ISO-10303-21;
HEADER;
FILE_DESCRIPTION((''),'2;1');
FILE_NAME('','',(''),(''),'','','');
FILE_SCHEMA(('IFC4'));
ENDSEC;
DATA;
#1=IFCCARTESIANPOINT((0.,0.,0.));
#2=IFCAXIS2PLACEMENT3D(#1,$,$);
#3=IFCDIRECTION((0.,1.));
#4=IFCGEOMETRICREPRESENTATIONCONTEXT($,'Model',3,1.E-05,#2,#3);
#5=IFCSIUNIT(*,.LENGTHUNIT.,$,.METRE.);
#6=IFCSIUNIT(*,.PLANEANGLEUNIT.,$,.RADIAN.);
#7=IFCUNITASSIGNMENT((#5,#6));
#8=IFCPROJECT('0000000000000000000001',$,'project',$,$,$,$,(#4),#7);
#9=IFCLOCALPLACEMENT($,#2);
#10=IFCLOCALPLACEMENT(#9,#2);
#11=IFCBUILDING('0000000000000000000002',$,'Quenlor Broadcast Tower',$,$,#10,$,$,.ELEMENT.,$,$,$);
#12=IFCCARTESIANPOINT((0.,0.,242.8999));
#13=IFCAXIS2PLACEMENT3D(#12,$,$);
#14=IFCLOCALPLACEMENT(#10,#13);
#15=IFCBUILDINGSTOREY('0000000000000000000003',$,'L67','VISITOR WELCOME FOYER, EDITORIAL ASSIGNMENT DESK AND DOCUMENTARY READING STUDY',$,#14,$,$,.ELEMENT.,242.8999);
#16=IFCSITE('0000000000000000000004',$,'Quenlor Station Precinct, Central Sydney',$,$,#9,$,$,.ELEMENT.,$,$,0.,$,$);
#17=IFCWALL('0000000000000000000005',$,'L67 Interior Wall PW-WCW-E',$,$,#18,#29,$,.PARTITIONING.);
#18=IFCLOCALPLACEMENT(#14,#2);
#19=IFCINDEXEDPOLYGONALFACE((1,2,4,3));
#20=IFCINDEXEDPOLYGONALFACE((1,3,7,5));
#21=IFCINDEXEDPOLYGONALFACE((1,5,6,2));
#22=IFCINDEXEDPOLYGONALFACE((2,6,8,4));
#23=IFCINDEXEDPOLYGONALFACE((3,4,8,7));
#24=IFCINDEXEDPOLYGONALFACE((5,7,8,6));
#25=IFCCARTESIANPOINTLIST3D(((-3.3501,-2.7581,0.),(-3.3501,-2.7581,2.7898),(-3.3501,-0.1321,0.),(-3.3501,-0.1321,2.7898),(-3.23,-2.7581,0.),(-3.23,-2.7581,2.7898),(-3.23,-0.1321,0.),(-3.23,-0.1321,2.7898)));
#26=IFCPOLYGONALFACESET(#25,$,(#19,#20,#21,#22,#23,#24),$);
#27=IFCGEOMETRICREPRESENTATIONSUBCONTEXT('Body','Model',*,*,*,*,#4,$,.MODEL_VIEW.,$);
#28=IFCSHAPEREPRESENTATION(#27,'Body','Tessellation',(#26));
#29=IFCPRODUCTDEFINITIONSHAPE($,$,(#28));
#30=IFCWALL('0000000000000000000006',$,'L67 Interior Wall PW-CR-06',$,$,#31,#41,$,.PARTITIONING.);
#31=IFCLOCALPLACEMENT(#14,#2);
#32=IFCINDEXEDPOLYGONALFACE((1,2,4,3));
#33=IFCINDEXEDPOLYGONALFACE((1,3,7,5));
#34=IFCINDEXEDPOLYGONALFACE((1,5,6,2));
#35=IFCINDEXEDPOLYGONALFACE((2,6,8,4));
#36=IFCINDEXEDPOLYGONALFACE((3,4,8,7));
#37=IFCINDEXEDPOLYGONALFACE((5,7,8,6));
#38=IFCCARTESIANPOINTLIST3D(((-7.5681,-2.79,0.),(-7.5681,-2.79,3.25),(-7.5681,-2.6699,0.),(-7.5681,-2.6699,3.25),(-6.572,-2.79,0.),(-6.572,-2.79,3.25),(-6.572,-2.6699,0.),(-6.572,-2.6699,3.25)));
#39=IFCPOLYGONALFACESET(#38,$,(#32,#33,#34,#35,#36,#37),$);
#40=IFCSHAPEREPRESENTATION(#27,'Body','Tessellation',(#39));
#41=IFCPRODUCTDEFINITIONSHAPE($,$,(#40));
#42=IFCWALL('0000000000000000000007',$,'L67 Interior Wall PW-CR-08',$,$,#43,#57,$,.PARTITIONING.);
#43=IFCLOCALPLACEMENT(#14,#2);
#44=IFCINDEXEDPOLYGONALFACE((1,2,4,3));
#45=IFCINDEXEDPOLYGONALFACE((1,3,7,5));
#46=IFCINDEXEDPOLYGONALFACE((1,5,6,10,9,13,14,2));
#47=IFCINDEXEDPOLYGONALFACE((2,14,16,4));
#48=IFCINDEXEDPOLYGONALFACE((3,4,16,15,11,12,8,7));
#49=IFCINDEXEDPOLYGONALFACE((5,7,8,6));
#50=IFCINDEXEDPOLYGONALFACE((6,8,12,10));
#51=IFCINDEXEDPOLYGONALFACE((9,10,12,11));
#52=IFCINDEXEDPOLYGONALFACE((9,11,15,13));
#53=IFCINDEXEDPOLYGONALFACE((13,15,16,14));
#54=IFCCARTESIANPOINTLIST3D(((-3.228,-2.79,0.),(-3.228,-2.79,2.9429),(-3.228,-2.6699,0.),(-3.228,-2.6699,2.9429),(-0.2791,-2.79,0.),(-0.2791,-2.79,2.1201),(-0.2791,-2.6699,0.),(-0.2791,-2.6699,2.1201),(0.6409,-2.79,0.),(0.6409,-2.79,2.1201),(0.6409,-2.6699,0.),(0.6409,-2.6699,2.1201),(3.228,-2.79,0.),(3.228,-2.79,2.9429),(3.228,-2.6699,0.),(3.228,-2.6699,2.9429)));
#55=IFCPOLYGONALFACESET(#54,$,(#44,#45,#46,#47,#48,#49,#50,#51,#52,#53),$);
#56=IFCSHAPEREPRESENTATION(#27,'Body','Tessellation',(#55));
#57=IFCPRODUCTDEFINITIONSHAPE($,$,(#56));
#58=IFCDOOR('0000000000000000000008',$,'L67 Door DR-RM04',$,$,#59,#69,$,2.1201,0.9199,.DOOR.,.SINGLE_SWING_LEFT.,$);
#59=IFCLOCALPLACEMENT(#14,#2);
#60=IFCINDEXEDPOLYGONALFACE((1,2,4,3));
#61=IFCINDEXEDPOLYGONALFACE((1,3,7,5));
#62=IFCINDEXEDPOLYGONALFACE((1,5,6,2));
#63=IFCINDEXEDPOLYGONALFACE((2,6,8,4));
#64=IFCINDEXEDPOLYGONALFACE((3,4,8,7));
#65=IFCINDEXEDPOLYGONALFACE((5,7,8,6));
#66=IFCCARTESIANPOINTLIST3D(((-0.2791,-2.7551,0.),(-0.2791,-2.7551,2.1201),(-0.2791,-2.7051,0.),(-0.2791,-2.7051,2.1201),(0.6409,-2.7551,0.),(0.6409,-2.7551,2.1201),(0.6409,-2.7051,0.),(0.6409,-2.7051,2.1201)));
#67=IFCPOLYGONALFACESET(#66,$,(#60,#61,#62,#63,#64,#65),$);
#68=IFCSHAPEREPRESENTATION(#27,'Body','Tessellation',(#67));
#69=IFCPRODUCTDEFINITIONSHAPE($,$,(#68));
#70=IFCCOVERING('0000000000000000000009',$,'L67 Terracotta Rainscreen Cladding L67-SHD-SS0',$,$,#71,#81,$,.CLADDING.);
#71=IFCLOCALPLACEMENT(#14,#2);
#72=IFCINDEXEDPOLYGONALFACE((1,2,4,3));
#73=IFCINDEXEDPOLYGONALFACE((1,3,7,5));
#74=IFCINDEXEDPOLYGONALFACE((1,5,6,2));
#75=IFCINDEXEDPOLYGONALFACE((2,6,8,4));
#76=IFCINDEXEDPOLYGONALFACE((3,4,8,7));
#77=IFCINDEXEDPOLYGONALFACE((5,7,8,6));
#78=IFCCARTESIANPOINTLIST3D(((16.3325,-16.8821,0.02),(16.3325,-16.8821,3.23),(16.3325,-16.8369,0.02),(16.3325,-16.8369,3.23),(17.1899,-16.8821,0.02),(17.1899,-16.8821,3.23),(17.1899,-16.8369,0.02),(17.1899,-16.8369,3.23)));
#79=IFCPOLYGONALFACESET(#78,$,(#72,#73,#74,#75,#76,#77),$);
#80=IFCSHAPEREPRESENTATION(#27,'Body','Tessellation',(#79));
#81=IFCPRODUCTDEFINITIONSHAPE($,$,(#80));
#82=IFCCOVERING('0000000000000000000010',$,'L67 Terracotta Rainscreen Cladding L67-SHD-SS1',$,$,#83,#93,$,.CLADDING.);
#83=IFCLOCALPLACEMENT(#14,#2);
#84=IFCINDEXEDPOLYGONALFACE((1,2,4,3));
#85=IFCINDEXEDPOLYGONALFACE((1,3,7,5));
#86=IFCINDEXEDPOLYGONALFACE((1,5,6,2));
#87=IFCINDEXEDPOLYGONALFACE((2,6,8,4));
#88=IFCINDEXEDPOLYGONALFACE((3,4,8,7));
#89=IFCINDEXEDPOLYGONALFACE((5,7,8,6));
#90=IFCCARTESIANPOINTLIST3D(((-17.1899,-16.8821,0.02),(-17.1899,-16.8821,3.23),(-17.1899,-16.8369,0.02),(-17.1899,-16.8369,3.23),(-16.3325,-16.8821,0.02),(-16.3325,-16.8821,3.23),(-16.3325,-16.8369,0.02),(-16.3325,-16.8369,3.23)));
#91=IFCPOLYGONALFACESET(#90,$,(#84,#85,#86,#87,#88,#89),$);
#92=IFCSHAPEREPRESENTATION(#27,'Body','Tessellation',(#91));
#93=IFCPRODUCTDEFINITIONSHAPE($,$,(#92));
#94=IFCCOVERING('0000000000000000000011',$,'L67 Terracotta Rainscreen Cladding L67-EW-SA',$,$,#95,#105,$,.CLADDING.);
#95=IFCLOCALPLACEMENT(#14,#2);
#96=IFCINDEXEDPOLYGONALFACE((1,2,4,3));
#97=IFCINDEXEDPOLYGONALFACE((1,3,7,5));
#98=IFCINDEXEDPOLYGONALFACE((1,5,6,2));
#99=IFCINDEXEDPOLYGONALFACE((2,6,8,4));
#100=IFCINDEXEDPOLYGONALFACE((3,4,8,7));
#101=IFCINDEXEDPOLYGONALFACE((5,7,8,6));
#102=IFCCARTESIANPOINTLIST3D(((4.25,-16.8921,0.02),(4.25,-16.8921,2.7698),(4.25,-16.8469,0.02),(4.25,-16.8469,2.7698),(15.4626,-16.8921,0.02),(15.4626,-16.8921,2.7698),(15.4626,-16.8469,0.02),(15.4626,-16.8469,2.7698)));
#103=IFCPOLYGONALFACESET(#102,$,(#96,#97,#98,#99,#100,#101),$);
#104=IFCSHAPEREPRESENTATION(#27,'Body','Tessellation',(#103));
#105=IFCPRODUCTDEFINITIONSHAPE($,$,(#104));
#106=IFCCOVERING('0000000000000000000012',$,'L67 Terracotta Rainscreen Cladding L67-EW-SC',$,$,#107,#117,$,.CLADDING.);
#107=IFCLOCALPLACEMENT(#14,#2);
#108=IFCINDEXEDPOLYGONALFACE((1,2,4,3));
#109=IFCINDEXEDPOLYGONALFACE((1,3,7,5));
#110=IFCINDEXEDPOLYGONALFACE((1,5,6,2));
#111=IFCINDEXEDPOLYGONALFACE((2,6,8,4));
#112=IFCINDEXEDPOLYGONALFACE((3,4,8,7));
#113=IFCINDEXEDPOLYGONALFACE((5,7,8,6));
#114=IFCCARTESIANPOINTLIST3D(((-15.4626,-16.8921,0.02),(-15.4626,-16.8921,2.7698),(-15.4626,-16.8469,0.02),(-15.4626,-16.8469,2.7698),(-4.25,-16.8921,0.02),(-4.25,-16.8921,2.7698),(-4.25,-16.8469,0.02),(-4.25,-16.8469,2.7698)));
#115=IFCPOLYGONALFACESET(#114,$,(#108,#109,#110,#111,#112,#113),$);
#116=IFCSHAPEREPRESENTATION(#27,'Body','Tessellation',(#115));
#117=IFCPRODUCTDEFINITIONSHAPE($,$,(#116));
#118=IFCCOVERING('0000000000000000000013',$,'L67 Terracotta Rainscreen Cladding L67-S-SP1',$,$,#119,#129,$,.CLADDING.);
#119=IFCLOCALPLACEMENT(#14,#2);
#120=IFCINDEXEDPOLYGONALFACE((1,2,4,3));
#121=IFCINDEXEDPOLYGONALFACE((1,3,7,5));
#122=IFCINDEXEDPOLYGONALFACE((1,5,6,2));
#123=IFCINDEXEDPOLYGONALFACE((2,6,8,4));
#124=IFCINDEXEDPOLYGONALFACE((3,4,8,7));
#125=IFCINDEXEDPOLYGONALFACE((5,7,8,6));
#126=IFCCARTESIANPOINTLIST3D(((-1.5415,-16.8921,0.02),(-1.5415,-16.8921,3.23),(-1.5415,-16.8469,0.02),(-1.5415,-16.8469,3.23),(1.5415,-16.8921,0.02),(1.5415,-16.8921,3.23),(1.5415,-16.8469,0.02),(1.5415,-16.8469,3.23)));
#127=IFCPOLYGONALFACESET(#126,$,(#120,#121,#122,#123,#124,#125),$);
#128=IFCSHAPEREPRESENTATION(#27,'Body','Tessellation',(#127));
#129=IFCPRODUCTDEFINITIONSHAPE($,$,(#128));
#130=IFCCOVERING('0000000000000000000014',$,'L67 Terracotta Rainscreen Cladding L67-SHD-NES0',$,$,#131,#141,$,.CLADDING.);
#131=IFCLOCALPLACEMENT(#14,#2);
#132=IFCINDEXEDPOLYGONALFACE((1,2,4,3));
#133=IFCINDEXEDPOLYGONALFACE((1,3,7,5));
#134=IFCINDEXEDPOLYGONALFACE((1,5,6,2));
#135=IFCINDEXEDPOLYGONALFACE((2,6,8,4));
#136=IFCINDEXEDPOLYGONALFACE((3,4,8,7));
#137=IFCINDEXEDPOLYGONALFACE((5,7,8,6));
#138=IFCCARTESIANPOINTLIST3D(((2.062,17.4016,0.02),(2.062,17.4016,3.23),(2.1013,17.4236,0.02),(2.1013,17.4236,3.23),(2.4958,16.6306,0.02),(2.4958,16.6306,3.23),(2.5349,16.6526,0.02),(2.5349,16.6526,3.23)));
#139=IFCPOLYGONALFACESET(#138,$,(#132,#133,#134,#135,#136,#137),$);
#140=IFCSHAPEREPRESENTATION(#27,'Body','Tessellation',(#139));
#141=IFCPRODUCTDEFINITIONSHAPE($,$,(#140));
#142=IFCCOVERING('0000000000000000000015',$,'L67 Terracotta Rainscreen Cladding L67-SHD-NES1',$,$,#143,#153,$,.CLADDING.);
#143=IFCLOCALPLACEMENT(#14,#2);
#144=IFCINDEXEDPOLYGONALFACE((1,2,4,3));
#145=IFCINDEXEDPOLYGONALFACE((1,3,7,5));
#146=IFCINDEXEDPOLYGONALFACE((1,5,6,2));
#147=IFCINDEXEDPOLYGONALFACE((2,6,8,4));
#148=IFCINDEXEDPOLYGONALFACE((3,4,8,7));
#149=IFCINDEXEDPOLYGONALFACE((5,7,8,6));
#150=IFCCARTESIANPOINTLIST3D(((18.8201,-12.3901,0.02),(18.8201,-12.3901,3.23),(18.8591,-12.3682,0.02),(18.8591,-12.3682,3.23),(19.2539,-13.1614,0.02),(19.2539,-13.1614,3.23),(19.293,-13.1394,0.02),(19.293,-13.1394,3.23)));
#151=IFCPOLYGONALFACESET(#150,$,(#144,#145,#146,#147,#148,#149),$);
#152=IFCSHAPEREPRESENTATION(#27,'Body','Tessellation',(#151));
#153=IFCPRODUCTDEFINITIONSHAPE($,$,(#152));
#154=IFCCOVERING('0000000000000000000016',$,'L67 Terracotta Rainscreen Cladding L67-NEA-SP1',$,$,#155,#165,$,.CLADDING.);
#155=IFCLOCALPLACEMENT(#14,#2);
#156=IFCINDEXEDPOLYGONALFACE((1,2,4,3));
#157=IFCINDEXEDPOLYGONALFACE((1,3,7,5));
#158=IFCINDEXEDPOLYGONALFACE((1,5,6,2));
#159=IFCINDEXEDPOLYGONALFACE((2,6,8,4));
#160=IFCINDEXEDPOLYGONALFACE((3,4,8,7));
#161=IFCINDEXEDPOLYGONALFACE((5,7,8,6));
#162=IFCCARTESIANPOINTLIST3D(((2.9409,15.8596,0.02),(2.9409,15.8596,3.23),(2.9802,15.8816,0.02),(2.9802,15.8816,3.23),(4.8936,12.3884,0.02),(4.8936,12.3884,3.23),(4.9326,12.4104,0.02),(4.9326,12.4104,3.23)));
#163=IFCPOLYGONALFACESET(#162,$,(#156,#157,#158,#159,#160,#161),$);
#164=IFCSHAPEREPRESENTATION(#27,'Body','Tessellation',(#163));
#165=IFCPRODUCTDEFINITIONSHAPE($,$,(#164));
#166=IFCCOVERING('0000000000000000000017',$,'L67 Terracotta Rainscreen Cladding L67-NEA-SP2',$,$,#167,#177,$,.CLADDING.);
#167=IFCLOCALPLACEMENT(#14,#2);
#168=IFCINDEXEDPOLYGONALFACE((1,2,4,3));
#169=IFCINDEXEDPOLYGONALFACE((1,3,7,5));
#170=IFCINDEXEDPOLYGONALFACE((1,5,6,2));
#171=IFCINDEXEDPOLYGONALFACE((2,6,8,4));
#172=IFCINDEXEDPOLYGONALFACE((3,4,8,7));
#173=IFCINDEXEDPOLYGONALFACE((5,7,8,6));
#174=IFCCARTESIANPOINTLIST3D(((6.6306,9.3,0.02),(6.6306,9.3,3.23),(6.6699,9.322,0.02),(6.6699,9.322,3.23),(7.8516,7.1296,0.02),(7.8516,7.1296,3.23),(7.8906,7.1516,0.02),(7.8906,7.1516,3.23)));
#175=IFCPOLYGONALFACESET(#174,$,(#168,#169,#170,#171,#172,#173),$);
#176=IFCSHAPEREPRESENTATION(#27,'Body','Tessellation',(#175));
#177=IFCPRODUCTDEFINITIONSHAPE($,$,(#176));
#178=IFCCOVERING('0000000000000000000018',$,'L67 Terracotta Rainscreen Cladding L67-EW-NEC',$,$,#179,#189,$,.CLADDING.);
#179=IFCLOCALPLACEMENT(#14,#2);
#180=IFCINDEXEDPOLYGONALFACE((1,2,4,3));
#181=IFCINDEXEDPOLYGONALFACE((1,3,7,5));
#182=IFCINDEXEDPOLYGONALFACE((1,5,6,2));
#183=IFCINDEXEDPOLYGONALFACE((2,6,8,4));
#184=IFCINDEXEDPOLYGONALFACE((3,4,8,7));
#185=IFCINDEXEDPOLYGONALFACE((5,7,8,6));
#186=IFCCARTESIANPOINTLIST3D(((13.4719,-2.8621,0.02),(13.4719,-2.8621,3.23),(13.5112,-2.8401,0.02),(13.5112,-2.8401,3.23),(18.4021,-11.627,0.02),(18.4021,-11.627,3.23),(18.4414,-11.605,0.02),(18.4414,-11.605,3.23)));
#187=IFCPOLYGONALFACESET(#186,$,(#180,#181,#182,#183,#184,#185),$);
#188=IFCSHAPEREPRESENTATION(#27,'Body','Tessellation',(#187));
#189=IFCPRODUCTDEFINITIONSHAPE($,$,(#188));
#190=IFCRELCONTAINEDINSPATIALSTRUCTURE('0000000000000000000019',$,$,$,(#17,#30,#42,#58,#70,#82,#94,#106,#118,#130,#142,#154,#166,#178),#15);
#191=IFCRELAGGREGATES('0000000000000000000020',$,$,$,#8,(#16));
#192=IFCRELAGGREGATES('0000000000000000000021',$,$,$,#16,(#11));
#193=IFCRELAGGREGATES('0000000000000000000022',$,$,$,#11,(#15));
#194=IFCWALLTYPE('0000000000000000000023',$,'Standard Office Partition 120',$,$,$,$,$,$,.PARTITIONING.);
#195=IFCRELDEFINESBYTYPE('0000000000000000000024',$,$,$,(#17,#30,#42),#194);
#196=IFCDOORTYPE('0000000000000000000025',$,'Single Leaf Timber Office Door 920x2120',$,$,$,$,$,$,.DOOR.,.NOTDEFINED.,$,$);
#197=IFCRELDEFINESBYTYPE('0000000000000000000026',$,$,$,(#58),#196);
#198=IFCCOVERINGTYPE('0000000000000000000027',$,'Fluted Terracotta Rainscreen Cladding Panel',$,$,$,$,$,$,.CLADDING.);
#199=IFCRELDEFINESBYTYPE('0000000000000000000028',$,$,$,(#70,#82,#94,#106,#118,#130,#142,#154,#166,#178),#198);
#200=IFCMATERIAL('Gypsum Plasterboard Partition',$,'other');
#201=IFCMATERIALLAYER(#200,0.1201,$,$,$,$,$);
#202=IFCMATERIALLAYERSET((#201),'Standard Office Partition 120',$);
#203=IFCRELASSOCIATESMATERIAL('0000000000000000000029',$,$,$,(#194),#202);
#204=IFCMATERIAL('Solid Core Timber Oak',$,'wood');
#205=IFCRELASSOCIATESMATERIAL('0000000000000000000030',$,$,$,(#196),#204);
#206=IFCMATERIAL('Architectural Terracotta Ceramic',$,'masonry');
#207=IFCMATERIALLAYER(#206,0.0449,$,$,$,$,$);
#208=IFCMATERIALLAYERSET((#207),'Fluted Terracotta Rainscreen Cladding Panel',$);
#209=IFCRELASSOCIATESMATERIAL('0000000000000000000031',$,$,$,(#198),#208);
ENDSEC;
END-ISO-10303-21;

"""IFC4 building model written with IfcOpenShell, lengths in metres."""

from ifc_helpers import new_model, si_unit, direction, frame, frame_2d, origin, place, context, subcontext, project, spatial, polyline, rectangle, outline, extrude, material, layer, layer_set, type_object, element, fill, save


model = new_model("IFC4")

# Units and contexts
model_context = context("Model", 3, precision=1e-05, world=origin(), true_north=direction((0.0, 1.0)))
body_context = subcontext(model_context, "Body", "Model", "MODEL_VIEW")
ifc_project = project(units=[si_unit("LENGTHUNIT", "METRE"), si_unit("PLANEANGLEUNIT", "RADIAN")], contexts=[model_context])

# Site, building, storey
site_placement = place(None, origin())
site = spatial("IfcSite", under=ifc_project, at=site_placement, Name="Quenlor Station Precinct, Central Sydney", CompositionType="ELEMENT", RefElevation=0.0)
building_placement = place(site_placement, origin())
building = spatial("IfcBuilding", under=site, at=building_placement, Name="Quenlor Broadcast Tower", CompositionType="ELEMENT")
storey_placement = place(building_placement, frame((0.0, 0.0, 242.8999)))
storey = spatial("IfcBuildingStorey", under=building, at=storey_placement, Name="L67", Description="VISITOR WELCOME FOYER, EDITORIAL ASSIGNMENT DESK AND DOCUMENTARY READING STUDY", CompositionType="ELEMENT", Elevation=242.8999)

# Walls
ifc_material_1 = material(Name="Gypsum Plasterboard Partition", Category="other")
ifc_layer_1 = layer(ifc_material_1, 0.1201)
ifc_layer_set_1 = layer_set([ifc_layer_1], Name="Standard Office Partition 120")
wall_type_1 = type_object("IfcWallType", Name="Standard Office Partition 120", PredefinedType="PARTITIONING", material=ifc_layer_set_1)
wall_1_placement = place(storey_placement, frame((-3.29, -2.7581, 0.0), z_axis=(0.0, 0.0, 1.0), x_axis=(0.0, 1.0, 0.0)))
element("IfcWall", 1, at=wall_1_placement, inside=storey, type_object=wall_type_1, Name="L67 Interior Wall PW-WCW-E", PredefinedType="PARTITIONING", context=body_context, shape_type="SweptSolid", body=[
    extrude(rectangle(XDim=2.626, YDim=0.1201, at=frame_2d((1.313, 0.0))), origin(), (0.0, 0.0, 1.0), 2.7898),
])
wall_2_placement = place(storey_placement, frame((-7.5681, -2.73, 0.0), z_axis=(0.0, 0.0, 1.0), x_axis=(1.0, 0.0, 0.0)))
element("IfcWall", 2, at=wall_2_placement, inside=storey, type_object=wall_type_1, Name="L67 Interior Wall PW-CR-06", PredefinedType="PARTITIONING", context=body_context, shape_type="SweptSolid", body=[
    extrude(rectangle(XDim=0.9961, YDim=0.1201, at=frame_2d((0.498, 0.0))), origin(), (0.0, 0.0, 1.0), 3.25),
])

# Wall, opening, door
wall_3_placement = place(storey_placement, frame((-3.228, -2.73, 0.0), z_axis=(0.0, 0.0, 1.0), x_axis=(1.0, 0.0, 0.0)))
wall_3 = element("IfcWall", 3, at=wall_3_placement, inside=storey, type_object=wall_type_1, Name="L67 Interior Wall PW-CR-08", PredefinedType="PARTITIONING", context=body_context, shape_type="SweptSolid", body=[
    extrude(rectangle(XDim=6.4561, YDim=0.1201, at=frame_2d((3.228, 0.0))), origin(), (0.0, 0.0, 1.0), 2.9429),
])
opening_placement = place(wall_3_placement, frame((2.949, 0.0, 0.0)))
opening = element("IfcOpeningElement", 4, at=opening_placement, cuts=wall_3, PredefinedType="OPENING", context=body_context, shape_type="SweptSolid", body=[
    extrude(rectangle(XDim=0.9199, YDim=2.1201, at=frame_2d((0.46, 1.0601))), frame((0.0, 0.0701, 0.0), z_axis=(0.0, -1.0, 0.0), x_axis=(1.0, 0.0, 0.0)), (0.0, 0.0, 1.0), 0.1401),
])
ifc_material_2 = material(Name="Solid Core Timber Oak", Category="wood")
door_type = type_object("IfcDoorType", Name="Single Leaf Timber Office Door 920x2120", OperationType="NOTDEFINED", PredefinedType="DOOR", material=ifc_material_2)
door_placement = place(opening_placement, origin())
door = element("IfcDoor", 5, at=door_placement, inside=storey, type_object=door_type, Name="L67 Door DR-RM04", OperationType="SINGLE_SWING_LEFT", OverallHeight=2.1201, OverallWidth=0.9199, PredefinedType="DOOR", context=body_context, shape_type="SweptSolid", body=[
    extrude(rectangle(XDim=0.9199, YDim=2.1201, at=frame_2d((0.46, 1.0601))), frame((0.0, 0.0249, 0.0), z_axis=(0.0, -1.0, 0.0), x_axis=(1.0, 0.0, 0.0)), (0.0, 0.0, 1.0), 0.05),
])
fill(opening, door)

# Coverings
ifc_material_3 = material(Name="Architectural Terracotta Ceramic", Category="masonry")
ifc_layer_2 = layer(ifc_material_3, 0.0449)
ifc_layer_set_2 = layer_set([ifc_layer_2], Name="Fluted Terracotta Rainscreen Cladding Panel")
covering_type = type_object("IfcCoveringType", Name="Fluted Terracotta Rainscreen Cladding Panel", PredefinedType="CLADDING", material=ifc_layer_set_2)
covering_1_placement = place(storey_placement, frame((0.0, 0.0, 0.02)))
element("IfcCovering", 6, at=covering_1_placement, inside=storey, type_object=covering_type, Name="L67 Terracotta Rainscreen Cladding L67-SHD-SS0", PredefinedType="CLADDING", context=body_context, shape_type="SweptSolid", body=[
    extrude(outline(polyline([(17.1899, -16.8369), (16.3325, -16.8369), (16.3325, -16.8821), (17.1899, -16.8821), (17.1899, -16.8369)])), origin(), (0.0, 0.0, 1.0), 3.21),
])
covering_2_placement = place(storey_placement, frame((0.0, 0.0, 0.02)))
element("IfcCovering", 7, at=covering_2_placement, inside=storey, type_object=covering_type, Name="L67 Terracotta Rainscreen Cladding L67-SHD-SS1", PredefinedType="CLADDING", context=body_context, shape_type="SweptSolid", body=[
    extrude(outline(polyline([(-16.3325, -16.8369), (-17.1899, -16.8369), (-17.1899, -16.8821), (-16.3325, -16.8821), (-16.3325, -16.8369)])), origin(), (0.0, 0.0, 1.0), 3.21),
])
covering_3_placement = place(storey_placement, frame((0.0, 0.0, 0.02)))
element("IfcCovering", 8, at=covering_3_placement, inside=storey, type_object=covering_type, Name="L67 Terracotta Rainscreen Cladding L67-EW-SA", PredefinedType="CLADDING", context=body_context, shape_type="SweptSolid", body=[
    extrude(outline(polyline([(15.4626, -16.8469), (4.25, -16.8469), (4.25, -16.8921), (15.4626, -16.8921), (15.4626, -16.8469)])), origin(), (0.0, 0.0, 1.0), 2.7498),
])
covering_4_placement = place(storey_placement, frame((0.0, 0.0, 0.02)))
element("IfcCovering", 9, at=covering_4_placement, inside=storey, type_object=covering_type, Name="L67 Terracotta Rainscreen Cladding L67-EW-SC", PredefinedType="CLADDING", context=body_context, shape_type="SweptSolid", body=[
    extrude(outline(polyline([(-4.25, -16.8469), (-15.4626, -16.8469), (-15.4626, -16.8921), (-4.25, -16.8921), (-4.25, -16.8469)])), origin(), (0.0, 0.0, 1.0), 2.7498),
])
covering_5_placement = place(storey_placement, frame((0.0, 0.0, 0.02)))
element("IfcCovering", 10, at=covering_5_placement, inside=storey, type_object=covering_type, Name="L67 Terracotta Rainscreen Cladding L67-S-SP1", PredefinedType="CLADDING", context=body_context, shape_type="SweptSolid", body=[
    extrude(outline(polyline([(1.5415, -16.8469), (-1.5415, -16.8469), (-1.5415, -16.8921), (1.5415, -16.8921), (1.5415, -16.8469)])), origin(), (0.0, 0.0, 1.0), 3.21),
])
covering_6_placement = place(storey_placement, frame((0.0, 0.0, 0.02)))
element("IfcCovering", 11, at=covering_6_placement, inside=storey, type_object=covering_type, Name="L67 Terracotta Rainscreen Cladding L67-SHD-NES0", PredefinedType="CLADDING", context=body_context, shape_type="SweptSolid", body=[
    extrude(outline(polyline([(2.062, 17.4016), (2.4958, 16.6306), (2.5349, 16.6526), (2.1013, 17.4236), (2.062, 17.4016)])), origin(), (0.0, 0.0, 1.0), 3.21),
])
covering_7_placement = place(storey_placement, frame((0.0, 0.0, 0.02)))
element("IfcCovering", 12, at=covering_7_placement, inside=storey, type_object=covering_type, Name="L67 Terracotta Rainscreen Cladding L67-SHD-NES1", PredefinedType="CLADDING", context=body_context, shape_type="SweptSolid", body=[
    extrude(outline(polyline([(18.8201, -12.3901), (19.2539, -13.1614), (19.293, -13.1394), (18.8591, -12.3682), (18.8201, -12.3901)])), origin(), (0.0, 0.0, 1.0), 3.21),
])
covering_8_placement = place(storey_placement, frame((0.0, 0.0, 0.02)))
element("IfcCovering", 13, at=covering_8_placement, inside=storey, type_object=covering_type, Name="L67 Terracotta Rainscreen Cladding L67-NEA-SP1", PredefinedType="CLADDING", context=body_context, shape_type="SweptSolid", body=[
    extrude(outline(polyline([(2.9409, 15.8596), (4.8936, 12.3884), (4.9326, 12.4104), (2.9802, 15.8816), (2.9409, 15.8596)])), origin(), (0.0, 0.0, 1.0), 3.21),
])
covering_9_placement = place(storey_placement, frame((0.0, 0.0, 0.02)))
element("IfcCovering", 14, at=covering_9_placement, inside=storey, type_object=covering_type, Name="L67 Terracotta Rainscreen Cladding L67-NEA-SP2", PredefinedType="CLADDING", context=body_context, shape_type="SweptSolid", body=[
    extrude(outline(polyline([(6.6306, 9.3), (7.8516, 7.1296), (7.8906, 7.1516), (6.6699, 9.322), (6.6306, 9.3)])), origin(), (0.0, 0.0, 1.0), 3.21),
])
covering_10_placement = place(storey_placement, frame((0.0, 0.0, 0.02)))
element("IfcCovering", 15, at=covering_10_placement, inside=storey, type_object=covering_type, Name="L67 Terracotta Rainscreen Cladding L67-EW-NEC", PredefinedType="CLADDING", context=body_context, shape_type="SweptSolid", body=[
    extrude(outline(polyline([(13.4719, -2.8621), (18.4021, -11.627), (18.4414, -11.605), (13.5112, -2.8401), (13.4719, -2.8621)])), origin(), (0.0, 0.0, 1.0), 3.21),
])

save(model, "model.ifc")
